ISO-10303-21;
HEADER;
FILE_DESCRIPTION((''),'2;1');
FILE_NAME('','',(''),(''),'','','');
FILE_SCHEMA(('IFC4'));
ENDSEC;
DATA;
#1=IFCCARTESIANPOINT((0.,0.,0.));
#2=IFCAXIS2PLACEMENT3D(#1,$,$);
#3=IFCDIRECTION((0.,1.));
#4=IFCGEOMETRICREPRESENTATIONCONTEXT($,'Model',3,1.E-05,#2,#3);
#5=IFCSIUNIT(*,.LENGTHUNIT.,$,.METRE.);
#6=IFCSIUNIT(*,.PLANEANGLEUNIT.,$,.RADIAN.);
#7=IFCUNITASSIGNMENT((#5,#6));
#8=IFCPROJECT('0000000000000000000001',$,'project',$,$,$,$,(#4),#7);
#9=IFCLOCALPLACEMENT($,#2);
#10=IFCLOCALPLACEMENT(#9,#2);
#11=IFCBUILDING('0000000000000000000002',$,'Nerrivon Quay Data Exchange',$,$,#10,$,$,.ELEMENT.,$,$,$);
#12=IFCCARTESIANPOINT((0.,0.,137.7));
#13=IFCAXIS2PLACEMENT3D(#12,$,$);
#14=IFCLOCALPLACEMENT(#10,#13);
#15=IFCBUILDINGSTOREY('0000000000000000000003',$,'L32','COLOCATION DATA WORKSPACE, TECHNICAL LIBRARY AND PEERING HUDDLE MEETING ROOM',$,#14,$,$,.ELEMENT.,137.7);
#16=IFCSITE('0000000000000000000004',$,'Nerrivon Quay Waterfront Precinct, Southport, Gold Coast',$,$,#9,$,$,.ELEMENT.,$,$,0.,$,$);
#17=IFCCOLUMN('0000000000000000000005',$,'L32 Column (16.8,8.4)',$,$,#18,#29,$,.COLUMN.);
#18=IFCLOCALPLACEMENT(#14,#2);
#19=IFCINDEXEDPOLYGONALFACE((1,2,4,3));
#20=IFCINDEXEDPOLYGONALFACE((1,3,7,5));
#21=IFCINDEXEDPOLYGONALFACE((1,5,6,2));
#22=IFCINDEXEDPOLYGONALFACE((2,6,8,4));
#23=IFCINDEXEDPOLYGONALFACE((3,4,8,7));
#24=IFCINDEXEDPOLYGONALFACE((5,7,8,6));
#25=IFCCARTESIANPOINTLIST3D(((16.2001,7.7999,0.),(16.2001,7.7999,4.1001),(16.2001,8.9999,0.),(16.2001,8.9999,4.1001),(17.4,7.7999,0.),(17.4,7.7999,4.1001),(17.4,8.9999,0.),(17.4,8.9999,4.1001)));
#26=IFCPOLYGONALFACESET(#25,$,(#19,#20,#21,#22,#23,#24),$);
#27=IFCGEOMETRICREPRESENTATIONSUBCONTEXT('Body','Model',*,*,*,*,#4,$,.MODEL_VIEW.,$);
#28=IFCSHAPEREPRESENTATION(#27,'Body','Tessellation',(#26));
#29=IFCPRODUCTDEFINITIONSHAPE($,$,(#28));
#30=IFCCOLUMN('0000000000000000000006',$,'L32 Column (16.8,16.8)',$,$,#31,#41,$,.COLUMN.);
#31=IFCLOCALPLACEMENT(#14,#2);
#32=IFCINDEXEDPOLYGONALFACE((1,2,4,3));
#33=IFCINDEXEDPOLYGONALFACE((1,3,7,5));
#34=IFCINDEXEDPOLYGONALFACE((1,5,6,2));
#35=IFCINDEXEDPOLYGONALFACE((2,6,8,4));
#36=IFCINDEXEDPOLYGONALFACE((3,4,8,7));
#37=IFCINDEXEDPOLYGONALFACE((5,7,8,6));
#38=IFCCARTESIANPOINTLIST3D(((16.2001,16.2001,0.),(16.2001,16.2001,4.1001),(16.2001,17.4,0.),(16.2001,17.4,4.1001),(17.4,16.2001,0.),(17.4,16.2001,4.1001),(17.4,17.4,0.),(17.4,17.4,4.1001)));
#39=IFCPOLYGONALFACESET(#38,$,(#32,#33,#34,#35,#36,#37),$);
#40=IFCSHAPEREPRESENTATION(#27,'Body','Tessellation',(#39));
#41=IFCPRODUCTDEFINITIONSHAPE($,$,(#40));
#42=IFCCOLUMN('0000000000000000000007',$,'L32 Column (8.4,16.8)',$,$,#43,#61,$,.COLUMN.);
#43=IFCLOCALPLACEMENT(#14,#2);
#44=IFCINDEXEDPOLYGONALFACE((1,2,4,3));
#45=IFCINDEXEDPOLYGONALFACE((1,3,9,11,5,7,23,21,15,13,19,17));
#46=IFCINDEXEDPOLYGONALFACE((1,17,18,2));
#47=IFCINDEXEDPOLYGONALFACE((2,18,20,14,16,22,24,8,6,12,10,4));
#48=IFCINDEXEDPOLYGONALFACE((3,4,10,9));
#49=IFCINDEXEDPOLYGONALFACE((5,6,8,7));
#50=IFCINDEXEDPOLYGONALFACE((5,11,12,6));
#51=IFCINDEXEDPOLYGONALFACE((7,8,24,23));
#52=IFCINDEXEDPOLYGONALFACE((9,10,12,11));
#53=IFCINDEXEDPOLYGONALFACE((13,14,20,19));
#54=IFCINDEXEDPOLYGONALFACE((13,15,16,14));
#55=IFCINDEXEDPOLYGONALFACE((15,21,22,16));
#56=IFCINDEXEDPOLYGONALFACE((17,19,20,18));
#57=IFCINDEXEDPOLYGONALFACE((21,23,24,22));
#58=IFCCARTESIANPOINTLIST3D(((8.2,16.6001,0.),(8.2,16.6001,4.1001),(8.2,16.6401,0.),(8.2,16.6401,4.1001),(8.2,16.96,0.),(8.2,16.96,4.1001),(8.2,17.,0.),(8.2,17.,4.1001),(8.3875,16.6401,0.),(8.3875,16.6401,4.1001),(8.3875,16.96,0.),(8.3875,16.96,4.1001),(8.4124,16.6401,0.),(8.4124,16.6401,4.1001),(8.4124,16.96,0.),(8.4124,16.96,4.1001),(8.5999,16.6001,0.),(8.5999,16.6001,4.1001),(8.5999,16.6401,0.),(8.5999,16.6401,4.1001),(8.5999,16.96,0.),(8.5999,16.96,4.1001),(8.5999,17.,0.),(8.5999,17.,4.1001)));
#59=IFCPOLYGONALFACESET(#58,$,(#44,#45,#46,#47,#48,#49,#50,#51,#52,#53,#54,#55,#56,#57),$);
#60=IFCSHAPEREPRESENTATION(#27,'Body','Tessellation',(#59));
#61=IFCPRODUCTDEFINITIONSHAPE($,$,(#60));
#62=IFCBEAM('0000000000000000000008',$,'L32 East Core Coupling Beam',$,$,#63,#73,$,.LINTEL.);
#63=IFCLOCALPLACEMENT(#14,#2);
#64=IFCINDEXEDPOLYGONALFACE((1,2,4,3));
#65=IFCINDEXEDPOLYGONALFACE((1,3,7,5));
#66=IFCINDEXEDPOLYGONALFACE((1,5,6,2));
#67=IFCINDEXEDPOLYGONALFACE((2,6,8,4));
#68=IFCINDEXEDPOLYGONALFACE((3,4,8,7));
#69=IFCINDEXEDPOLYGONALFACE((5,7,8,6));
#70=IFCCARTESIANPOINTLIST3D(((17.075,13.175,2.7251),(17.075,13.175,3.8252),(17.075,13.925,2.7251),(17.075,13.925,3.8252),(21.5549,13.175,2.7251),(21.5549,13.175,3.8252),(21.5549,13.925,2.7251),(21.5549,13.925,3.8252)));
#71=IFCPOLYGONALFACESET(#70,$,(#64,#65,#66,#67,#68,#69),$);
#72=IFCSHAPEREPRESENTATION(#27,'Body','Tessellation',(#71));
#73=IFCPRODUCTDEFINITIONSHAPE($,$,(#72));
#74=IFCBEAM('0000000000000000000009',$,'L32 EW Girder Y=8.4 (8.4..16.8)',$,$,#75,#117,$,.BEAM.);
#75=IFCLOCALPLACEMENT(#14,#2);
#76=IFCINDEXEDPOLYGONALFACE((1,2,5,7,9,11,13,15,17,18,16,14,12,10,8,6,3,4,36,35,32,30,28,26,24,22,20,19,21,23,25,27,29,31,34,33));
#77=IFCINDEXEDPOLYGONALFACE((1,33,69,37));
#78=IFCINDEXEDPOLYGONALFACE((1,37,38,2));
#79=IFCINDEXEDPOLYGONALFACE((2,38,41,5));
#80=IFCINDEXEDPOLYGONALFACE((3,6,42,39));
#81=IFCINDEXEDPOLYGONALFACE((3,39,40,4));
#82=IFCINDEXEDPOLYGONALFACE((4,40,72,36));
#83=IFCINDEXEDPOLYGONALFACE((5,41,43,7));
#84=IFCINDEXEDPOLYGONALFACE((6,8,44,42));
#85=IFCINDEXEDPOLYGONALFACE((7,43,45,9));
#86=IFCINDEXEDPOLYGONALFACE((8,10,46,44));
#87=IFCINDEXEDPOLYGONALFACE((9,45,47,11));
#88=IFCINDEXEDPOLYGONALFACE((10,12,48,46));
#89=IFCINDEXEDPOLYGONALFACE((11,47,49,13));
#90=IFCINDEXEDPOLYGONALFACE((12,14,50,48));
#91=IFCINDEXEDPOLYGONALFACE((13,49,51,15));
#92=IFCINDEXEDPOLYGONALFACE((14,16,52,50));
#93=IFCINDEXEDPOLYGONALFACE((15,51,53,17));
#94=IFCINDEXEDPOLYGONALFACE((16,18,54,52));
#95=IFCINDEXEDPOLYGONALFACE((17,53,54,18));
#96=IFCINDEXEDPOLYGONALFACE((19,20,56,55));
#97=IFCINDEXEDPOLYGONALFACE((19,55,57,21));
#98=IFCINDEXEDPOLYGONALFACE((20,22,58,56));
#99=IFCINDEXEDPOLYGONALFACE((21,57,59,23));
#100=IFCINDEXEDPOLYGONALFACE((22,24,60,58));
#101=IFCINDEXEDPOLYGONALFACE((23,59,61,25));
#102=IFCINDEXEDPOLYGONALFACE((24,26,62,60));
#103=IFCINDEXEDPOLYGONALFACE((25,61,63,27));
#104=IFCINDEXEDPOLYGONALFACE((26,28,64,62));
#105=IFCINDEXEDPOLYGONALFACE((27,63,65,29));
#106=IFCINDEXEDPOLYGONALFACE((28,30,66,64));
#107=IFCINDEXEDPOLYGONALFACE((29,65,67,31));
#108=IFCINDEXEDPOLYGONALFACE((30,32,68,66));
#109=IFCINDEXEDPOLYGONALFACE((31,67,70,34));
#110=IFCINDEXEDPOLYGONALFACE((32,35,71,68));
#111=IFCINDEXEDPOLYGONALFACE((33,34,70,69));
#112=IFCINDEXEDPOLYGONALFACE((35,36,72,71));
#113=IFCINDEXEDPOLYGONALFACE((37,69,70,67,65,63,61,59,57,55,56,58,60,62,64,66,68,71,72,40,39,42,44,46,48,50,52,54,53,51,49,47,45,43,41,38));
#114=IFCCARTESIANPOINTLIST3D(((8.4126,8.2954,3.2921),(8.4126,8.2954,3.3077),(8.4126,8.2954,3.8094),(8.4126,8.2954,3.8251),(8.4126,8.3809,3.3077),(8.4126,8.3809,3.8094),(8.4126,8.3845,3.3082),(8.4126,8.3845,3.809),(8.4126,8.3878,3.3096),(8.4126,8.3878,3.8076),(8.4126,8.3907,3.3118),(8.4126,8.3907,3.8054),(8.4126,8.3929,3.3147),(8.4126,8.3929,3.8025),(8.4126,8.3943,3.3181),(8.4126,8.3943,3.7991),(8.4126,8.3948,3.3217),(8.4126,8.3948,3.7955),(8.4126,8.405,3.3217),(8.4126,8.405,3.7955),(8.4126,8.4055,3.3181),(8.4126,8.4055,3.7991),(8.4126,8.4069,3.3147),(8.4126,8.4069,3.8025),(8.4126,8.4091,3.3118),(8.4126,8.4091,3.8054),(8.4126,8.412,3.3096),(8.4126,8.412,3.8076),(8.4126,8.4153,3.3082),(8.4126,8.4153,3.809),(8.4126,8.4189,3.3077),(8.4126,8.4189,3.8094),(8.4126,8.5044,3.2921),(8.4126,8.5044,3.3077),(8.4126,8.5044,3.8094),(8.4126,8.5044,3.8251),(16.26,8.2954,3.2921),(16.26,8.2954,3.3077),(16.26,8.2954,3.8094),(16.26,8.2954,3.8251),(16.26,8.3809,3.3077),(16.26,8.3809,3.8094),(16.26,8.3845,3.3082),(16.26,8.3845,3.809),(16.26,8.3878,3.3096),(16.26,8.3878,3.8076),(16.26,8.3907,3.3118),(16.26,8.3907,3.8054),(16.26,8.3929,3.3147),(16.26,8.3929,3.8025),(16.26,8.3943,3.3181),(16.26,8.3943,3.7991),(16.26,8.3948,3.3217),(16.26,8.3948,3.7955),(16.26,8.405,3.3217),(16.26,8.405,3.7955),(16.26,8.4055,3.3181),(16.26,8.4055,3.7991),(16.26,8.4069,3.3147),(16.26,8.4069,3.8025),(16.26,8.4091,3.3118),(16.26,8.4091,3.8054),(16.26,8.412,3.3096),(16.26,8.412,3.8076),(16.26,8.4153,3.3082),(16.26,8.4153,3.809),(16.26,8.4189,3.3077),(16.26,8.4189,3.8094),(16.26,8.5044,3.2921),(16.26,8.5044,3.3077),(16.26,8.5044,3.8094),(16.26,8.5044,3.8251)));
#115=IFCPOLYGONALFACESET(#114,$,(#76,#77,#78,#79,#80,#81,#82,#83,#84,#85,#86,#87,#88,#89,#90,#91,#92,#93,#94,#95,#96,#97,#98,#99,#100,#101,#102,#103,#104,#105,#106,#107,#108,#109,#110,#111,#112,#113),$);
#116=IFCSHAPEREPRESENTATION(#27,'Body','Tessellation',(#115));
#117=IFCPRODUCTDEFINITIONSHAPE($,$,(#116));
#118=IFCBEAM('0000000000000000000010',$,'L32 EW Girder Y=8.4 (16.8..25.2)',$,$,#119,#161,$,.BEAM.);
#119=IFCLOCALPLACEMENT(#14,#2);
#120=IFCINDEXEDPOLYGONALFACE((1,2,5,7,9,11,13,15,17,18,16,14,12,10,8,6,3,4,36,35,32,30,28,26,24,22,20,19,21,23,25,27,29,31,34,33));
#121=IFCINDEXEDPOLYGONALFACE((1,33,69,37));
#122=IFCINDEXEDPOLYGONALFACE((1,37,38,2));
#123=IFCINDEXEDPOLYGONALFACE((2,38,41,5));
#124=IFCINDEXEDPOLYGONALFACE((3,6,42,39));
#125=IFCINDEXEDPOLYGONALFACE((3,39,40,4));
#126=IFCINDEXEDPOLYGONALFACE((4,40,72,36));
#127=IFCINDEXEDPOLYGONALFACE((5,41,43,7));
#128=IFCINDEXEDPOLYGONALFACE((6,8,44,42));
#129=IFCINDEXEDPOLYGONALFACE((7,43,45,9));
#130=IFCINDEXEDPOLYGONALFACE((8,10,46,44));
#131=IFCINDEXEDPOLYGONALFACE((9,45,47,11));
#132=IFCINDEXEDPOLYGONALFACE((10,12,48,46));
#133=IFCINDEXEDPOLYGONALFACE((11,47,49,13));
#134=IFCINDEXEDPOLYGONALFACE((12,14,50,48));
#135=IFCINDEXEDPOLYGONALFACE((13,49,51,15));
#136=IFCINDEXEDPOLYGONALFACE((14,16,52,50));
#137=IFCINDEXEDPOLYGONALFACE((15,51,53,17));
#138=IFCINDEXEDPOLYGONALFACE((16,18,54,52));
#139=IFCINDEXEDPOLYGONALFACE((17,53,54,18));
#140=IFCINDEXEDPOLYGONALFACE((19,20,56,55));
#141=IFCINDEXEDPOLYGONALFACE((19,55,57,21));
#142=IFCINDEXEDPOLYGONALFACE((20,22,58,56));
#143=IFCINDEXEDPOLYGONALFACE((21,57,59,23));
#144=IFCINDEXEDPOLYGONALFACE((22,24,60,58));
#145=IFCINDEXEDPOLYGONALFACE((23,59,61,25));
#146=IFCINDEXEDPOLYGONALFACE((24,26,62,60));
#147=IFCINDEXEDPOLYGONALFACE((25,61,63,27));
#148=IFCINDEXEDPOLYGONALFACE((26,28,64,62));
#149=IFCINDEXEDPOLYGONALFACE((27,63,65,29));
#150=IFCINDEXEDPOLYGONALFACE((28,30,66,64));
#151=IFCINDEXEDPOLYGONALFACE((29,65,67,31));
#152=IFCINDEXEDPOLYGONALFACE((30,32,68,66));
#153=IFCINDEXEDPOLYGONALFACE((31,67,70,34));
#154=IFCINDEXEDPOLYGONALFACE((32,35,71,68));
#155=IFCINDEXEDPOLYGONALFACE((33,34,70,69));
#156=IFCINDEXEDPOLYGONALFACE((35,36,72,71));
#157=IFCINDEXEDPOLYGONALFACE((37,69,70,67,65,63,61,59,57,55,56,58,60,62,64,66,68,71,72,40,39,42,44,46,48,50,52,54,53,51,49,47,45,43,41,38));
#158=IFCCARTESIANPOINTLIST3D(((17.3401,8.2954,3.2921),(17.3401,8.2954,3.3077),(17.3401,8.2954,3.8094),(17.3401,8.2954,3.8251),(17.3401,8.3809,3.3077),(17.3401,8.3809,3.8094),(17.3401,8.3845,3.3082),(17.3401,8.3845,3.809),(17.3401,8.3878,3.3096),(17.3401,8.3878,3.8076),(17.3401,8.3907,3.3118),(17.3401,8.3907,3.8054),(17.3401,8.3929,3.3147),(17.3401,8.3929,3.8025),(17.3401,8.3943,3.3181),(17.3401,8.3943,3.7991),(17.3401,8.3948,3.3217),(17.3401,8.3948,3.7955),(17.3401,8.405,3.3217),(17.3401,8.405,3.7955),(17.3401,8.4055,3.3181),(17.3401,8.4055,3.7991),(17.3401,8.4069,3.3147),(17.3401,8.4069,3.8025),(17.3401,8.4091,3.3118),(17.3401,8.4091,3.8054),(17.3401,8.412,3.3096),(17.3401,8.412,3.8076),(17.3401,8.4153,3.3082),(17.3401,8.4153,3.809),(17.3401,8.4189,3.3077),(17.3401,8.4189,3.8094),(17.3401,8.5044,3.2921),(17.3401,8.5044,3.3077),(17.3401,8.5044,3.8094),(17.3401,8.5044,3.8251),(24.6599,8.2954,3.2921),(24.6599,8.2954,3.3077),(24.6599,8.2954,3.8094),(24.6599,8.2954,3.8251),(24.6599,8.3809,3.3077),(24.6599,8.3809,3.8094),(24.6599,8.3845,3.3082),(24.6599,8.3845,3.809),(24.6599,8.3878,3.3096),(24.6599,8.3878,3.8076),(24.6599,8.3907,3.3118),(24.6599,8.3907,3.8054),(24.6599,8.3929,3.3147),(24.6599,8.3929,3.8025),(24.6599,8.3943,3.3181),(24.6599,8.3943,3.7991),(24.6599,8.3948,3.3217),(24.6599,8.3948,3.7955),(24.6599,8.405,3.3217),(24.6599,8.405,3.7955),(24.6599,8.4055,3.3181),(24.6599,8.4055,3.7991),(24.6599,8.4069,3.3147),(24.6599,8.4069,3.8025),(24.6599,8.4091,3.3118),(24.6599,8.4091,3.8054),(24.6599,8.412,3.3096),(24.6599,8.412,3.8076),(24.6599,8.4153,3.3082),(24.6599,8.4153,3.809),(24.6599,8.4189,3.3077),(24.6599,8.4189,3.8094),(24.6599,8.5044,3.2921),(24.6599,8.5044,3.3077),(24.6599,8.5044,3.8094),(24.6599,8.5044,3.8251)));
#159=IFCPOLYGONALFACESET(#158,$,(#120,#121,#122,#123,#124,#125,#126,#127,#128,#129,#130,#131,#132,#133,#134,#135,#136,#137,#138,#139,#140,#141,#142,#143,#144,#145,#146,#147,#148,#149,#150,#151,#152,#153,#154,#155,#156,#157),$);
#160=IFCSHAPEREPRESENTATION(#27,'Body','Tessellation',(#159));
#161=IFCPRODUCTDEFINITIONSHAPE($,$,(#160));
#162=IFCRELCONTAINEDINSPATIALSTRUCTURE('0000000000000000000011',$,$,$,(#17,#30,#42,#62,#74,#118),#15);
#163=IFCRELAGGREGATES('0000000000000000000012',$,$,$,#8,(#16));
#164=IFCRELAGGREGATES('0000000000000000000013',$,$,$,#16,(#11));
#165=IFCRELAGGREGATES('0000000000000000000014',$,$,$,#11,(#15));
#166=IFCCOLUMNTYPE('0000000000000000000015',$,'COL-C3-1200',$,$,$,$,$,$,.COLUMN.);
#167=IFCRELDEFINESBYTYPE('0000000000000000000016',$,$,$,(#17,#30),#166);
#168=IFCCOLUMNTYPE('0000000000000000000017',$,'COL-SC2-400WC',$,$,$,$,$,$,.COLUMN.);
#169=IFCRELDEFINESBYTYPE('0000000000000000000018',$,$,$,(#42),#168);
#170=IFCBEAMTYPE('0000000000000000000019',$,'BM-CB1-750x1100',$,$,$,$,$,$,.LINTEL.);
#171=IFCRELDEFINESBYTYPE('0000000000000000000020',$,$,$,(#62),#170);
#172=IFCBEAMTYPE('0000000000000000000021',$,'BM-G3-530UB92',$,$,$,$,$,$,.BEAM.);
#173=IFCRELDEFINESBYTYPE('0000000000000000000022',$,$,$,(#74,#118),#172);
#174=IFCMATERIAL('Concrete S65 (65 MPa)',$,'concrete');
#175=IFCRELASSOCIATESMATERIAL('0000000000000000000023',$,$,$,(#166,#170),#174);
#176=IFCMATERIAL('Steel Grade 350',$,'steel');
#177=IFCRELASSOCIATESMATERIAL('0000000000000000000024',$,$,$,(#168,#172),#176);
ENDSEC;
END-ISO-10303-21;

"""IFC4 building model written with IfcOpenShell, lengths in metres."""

from ifc_helpers import new_model, si_unit, direction, frame, origin, origin_2d, place, context, subcontext, project, spatial, rectangle, i_section, extrude, material, material_profile, profile_set, type_object, element, save


model = new_model("IFC4")

# Units and contexts
model_context = context("Model", 3, precision=1e-05, world=origin(), true_north=direction((0.0, 1.0)))
body_context = subcontext(model_context, "Body", "Model", "MODEL_VIEW")
ifc_project = project(units=[si_unit("LENGTHUNIT", "METRE"), si_unit("PLANEANGLEUNIT", "RADIAN")], contexts=[model_context])

# Site, building, storey
site_placement = place(None, origin())
site = spatial("IfcSite", under=ifc_project, at=site_placement, Name="Nerrivon Quay Waterfront Precinct, Southport, Gold Coast", CompositionType="ELEMENT", RefElevation=0.0)
building_placement = place(site_placement, origin())
building = spatial("IfcBuilding", under=site, at=building_placement, Name="Nerrivon Quay Data Exchange", CompositionType="ELEMENT")
storey_placement = place(building_placement, frame((0.0, 0.0, 137.7)))
storey = spatial("IfcBuildingStorey", under=building, at=storey_placement, Name="L32", Description="COLOCATION DATA WORKSPACE, TECHNICAL LIBRARY AND PEERING HUDDLE MEETING ROOM", CompositionType="ELEMENT", Elevation=137.7)

# Columns
ifc_material_1 = material(Name="Concrete S65 (65 MPa)", Category="concrete")
ifc_material_profile_1 = material_profile(ifc_material_1, rectangle(XDim=1.2, YDim=1.2, at=origin_2d()), Name="RC-COL-1200x1200")
ifc_profile_set_1 = profile_set([ifc_material_profile_1], Name="Concrete S65 (65 MPa)")
column_type_1 = type_object("IfcColumnType", Name="COL-C3-1200", PredefinedType="COLUMN", material=ifc_profile_set_1)
for number, where, z_axis, x_axis, name in (
    (1, (16.8, 8.3999, 0.0), (0.0, 0.0, 1.0), (1.0, 0.0, 0.0), "L32 Column (16.8,8.4)"),
    (2, (16.8, 16.8, 0.0), (0.0, 0.0, 1.0), (1.0, 0.0, 0.0), "L32 Column (16.8,16.8)"),
):
    element("IfcColumn", number, at=place(storey_placement, frame(where, z_axis=z_axis, x_axis=x_axis)), inside=storey, type_object=column_type_1, Name=name, PredefinedType="COLUMN", context=body_context, shape_type="SweptSolid", body=[
        extrude(rectangle(XDim=1.2, YDim=1.2, at=origin_2d()), origin(), (0.0, 0.0, 1.0), 4.1001),
    ])
ifc_material_2 = material(Name="Steel Grade 350", Category="steel")
ifc_material_profile_2 = material_profile(ifc_material_2, i_section(OverallWidth=0.3999, OverallDepth=0.3999, WebThickness=0.0249, FlangeThickness=0.04, at=origin_2d()), Name="400WC328")
ifc_profile_set_2 = profile_set([ifc_material_profile_2], Name="Steel Grade 350")
column_type_2 = type_object("IfcColumnType", Name="COL-SC2-400WC", PredefinedType="COLUMN", material=ifc_profile_set_2)
column_placement = place(storey_placement, frame((8.3999, 16.8, 0.0), z_axis=(0.0, 0.0, 1.0), x_axis=(1.0, 0.0, 0.0)))
element("IfcColumn", 3, at=column_placement, inside=storey, type_object=column_type_2, Name="L32 Column (8.4,16.8)", PredefinedType="COLUMN", context=body_context, shape_type="SweptSolid", body=[
    extrude(i_section(OverallWidth=0.3999, OverallDepth=0.3999, WebThickness=0.0249, FlangeThickness=0.04, at=origin_2d()), origin(), (0.0, 0.0, 1.0), 4.1001),
])

# Beams
ifc_material_profile_3 = material_profile(ifc_material_1, rectangle(XDim=0.75, YDim=1.1001, at=origin_2d()), Name="RC-CB-750x1100")
ifc_profile_set_3 = profile_set([ifc_material_profile_3], Name="Concrete S65 (65 MPa)")
beam_type_1 = type_object("IfcBeamType", Name="BM-CB1-750x1100", PredefinedType="LINTEL", material=ifc_profile_set_3)
beam_1_placement = place(storey_placement, frame((17.075, 13.55, 3.2751), z_axis=(1.0, 0.0, 0.0), x_axis=(0.0, 1.0, 0.0)))
element("IfcBeam", 4, at=beam_1_placement, inside=storey, type_object=beam_type_1, Name="L32 East Core Coupling Beam", PredefinedType="LINTEL", context=body_context, shape_type="SweptSolid", body=[
    extrude(rectangle(XDim=0.75, YDim=1.1001, at=origin_2d()), origin(), (0.0, 0.0, 1.0), 4.48),
])
ifc_material_profile_4 = material_profile(ifc_material_2, i_section(OverallWidth=0.209, OverallDepth=0.533, WebThickness=0.0103, FlangeThickness=0.0156, FilletRadius=0.0139, at=origin_2d()), Name="530UB92.4")
ifc_profile_set_4 = profile_set([ifc_material_profile_4], Name="Steel Grade 350")
beam_type_2 = type_object("IfcBeamType", Name="BM-G3-530UB92", PredefinedType="BEAM", material=ifc_profile_set_4)
beam_2_placement = place(storey_placement, frame((8.4126, 8.3999, 3.5586), z_axis=(1.0, 0.0, 0.0), x_axis=(0.0, 1.0, 0.0)))
element("IfcBeam", 5, at=beam_2_placement, inside=storey, type_object=beam_type_2, Name="L32 EW Girder Y=8.4 (8.4..16.8)", PredefinedType="BEAM", context=body_context, shape_type="SweptSolid", body=[
    extrude(i_section(OverallWidth=0.209, OverallDepth=0.533, WebThickness=0.0103, FlangeThickness=0.0156, FilletRadius=0.0139, at=origin_2d()), origin(), (0.0, 0.0, 1.0), 7.8474),
])
beam_3_placement = place(storey_placement, frame((17.3401, 8.3999, 3.5586), z_axis=(1.0, 0.0, 0.0), x_axis=(0.0, 1.0, 0.0)))
element("IfcBeam", 6, at=beam_3_placement, inside=storey, type_object=beam_type_2, Name="L32 EW Girder Y=8.4 (16.8..25.2)", PredefinedType="BEAM", context=body_context, shape_type="SweptSolid", body=[
    extrude(i_section(OverallWidth=0.209, OverallDepth=0.533, WebThickness=0.0103, FlangeThickness=0.0156, FilletRadius=0.0139, at=origin_2d()), origin(), (0.0, 0.0, 1.0), 7.3198),
])

save(model, "model.ifc")
